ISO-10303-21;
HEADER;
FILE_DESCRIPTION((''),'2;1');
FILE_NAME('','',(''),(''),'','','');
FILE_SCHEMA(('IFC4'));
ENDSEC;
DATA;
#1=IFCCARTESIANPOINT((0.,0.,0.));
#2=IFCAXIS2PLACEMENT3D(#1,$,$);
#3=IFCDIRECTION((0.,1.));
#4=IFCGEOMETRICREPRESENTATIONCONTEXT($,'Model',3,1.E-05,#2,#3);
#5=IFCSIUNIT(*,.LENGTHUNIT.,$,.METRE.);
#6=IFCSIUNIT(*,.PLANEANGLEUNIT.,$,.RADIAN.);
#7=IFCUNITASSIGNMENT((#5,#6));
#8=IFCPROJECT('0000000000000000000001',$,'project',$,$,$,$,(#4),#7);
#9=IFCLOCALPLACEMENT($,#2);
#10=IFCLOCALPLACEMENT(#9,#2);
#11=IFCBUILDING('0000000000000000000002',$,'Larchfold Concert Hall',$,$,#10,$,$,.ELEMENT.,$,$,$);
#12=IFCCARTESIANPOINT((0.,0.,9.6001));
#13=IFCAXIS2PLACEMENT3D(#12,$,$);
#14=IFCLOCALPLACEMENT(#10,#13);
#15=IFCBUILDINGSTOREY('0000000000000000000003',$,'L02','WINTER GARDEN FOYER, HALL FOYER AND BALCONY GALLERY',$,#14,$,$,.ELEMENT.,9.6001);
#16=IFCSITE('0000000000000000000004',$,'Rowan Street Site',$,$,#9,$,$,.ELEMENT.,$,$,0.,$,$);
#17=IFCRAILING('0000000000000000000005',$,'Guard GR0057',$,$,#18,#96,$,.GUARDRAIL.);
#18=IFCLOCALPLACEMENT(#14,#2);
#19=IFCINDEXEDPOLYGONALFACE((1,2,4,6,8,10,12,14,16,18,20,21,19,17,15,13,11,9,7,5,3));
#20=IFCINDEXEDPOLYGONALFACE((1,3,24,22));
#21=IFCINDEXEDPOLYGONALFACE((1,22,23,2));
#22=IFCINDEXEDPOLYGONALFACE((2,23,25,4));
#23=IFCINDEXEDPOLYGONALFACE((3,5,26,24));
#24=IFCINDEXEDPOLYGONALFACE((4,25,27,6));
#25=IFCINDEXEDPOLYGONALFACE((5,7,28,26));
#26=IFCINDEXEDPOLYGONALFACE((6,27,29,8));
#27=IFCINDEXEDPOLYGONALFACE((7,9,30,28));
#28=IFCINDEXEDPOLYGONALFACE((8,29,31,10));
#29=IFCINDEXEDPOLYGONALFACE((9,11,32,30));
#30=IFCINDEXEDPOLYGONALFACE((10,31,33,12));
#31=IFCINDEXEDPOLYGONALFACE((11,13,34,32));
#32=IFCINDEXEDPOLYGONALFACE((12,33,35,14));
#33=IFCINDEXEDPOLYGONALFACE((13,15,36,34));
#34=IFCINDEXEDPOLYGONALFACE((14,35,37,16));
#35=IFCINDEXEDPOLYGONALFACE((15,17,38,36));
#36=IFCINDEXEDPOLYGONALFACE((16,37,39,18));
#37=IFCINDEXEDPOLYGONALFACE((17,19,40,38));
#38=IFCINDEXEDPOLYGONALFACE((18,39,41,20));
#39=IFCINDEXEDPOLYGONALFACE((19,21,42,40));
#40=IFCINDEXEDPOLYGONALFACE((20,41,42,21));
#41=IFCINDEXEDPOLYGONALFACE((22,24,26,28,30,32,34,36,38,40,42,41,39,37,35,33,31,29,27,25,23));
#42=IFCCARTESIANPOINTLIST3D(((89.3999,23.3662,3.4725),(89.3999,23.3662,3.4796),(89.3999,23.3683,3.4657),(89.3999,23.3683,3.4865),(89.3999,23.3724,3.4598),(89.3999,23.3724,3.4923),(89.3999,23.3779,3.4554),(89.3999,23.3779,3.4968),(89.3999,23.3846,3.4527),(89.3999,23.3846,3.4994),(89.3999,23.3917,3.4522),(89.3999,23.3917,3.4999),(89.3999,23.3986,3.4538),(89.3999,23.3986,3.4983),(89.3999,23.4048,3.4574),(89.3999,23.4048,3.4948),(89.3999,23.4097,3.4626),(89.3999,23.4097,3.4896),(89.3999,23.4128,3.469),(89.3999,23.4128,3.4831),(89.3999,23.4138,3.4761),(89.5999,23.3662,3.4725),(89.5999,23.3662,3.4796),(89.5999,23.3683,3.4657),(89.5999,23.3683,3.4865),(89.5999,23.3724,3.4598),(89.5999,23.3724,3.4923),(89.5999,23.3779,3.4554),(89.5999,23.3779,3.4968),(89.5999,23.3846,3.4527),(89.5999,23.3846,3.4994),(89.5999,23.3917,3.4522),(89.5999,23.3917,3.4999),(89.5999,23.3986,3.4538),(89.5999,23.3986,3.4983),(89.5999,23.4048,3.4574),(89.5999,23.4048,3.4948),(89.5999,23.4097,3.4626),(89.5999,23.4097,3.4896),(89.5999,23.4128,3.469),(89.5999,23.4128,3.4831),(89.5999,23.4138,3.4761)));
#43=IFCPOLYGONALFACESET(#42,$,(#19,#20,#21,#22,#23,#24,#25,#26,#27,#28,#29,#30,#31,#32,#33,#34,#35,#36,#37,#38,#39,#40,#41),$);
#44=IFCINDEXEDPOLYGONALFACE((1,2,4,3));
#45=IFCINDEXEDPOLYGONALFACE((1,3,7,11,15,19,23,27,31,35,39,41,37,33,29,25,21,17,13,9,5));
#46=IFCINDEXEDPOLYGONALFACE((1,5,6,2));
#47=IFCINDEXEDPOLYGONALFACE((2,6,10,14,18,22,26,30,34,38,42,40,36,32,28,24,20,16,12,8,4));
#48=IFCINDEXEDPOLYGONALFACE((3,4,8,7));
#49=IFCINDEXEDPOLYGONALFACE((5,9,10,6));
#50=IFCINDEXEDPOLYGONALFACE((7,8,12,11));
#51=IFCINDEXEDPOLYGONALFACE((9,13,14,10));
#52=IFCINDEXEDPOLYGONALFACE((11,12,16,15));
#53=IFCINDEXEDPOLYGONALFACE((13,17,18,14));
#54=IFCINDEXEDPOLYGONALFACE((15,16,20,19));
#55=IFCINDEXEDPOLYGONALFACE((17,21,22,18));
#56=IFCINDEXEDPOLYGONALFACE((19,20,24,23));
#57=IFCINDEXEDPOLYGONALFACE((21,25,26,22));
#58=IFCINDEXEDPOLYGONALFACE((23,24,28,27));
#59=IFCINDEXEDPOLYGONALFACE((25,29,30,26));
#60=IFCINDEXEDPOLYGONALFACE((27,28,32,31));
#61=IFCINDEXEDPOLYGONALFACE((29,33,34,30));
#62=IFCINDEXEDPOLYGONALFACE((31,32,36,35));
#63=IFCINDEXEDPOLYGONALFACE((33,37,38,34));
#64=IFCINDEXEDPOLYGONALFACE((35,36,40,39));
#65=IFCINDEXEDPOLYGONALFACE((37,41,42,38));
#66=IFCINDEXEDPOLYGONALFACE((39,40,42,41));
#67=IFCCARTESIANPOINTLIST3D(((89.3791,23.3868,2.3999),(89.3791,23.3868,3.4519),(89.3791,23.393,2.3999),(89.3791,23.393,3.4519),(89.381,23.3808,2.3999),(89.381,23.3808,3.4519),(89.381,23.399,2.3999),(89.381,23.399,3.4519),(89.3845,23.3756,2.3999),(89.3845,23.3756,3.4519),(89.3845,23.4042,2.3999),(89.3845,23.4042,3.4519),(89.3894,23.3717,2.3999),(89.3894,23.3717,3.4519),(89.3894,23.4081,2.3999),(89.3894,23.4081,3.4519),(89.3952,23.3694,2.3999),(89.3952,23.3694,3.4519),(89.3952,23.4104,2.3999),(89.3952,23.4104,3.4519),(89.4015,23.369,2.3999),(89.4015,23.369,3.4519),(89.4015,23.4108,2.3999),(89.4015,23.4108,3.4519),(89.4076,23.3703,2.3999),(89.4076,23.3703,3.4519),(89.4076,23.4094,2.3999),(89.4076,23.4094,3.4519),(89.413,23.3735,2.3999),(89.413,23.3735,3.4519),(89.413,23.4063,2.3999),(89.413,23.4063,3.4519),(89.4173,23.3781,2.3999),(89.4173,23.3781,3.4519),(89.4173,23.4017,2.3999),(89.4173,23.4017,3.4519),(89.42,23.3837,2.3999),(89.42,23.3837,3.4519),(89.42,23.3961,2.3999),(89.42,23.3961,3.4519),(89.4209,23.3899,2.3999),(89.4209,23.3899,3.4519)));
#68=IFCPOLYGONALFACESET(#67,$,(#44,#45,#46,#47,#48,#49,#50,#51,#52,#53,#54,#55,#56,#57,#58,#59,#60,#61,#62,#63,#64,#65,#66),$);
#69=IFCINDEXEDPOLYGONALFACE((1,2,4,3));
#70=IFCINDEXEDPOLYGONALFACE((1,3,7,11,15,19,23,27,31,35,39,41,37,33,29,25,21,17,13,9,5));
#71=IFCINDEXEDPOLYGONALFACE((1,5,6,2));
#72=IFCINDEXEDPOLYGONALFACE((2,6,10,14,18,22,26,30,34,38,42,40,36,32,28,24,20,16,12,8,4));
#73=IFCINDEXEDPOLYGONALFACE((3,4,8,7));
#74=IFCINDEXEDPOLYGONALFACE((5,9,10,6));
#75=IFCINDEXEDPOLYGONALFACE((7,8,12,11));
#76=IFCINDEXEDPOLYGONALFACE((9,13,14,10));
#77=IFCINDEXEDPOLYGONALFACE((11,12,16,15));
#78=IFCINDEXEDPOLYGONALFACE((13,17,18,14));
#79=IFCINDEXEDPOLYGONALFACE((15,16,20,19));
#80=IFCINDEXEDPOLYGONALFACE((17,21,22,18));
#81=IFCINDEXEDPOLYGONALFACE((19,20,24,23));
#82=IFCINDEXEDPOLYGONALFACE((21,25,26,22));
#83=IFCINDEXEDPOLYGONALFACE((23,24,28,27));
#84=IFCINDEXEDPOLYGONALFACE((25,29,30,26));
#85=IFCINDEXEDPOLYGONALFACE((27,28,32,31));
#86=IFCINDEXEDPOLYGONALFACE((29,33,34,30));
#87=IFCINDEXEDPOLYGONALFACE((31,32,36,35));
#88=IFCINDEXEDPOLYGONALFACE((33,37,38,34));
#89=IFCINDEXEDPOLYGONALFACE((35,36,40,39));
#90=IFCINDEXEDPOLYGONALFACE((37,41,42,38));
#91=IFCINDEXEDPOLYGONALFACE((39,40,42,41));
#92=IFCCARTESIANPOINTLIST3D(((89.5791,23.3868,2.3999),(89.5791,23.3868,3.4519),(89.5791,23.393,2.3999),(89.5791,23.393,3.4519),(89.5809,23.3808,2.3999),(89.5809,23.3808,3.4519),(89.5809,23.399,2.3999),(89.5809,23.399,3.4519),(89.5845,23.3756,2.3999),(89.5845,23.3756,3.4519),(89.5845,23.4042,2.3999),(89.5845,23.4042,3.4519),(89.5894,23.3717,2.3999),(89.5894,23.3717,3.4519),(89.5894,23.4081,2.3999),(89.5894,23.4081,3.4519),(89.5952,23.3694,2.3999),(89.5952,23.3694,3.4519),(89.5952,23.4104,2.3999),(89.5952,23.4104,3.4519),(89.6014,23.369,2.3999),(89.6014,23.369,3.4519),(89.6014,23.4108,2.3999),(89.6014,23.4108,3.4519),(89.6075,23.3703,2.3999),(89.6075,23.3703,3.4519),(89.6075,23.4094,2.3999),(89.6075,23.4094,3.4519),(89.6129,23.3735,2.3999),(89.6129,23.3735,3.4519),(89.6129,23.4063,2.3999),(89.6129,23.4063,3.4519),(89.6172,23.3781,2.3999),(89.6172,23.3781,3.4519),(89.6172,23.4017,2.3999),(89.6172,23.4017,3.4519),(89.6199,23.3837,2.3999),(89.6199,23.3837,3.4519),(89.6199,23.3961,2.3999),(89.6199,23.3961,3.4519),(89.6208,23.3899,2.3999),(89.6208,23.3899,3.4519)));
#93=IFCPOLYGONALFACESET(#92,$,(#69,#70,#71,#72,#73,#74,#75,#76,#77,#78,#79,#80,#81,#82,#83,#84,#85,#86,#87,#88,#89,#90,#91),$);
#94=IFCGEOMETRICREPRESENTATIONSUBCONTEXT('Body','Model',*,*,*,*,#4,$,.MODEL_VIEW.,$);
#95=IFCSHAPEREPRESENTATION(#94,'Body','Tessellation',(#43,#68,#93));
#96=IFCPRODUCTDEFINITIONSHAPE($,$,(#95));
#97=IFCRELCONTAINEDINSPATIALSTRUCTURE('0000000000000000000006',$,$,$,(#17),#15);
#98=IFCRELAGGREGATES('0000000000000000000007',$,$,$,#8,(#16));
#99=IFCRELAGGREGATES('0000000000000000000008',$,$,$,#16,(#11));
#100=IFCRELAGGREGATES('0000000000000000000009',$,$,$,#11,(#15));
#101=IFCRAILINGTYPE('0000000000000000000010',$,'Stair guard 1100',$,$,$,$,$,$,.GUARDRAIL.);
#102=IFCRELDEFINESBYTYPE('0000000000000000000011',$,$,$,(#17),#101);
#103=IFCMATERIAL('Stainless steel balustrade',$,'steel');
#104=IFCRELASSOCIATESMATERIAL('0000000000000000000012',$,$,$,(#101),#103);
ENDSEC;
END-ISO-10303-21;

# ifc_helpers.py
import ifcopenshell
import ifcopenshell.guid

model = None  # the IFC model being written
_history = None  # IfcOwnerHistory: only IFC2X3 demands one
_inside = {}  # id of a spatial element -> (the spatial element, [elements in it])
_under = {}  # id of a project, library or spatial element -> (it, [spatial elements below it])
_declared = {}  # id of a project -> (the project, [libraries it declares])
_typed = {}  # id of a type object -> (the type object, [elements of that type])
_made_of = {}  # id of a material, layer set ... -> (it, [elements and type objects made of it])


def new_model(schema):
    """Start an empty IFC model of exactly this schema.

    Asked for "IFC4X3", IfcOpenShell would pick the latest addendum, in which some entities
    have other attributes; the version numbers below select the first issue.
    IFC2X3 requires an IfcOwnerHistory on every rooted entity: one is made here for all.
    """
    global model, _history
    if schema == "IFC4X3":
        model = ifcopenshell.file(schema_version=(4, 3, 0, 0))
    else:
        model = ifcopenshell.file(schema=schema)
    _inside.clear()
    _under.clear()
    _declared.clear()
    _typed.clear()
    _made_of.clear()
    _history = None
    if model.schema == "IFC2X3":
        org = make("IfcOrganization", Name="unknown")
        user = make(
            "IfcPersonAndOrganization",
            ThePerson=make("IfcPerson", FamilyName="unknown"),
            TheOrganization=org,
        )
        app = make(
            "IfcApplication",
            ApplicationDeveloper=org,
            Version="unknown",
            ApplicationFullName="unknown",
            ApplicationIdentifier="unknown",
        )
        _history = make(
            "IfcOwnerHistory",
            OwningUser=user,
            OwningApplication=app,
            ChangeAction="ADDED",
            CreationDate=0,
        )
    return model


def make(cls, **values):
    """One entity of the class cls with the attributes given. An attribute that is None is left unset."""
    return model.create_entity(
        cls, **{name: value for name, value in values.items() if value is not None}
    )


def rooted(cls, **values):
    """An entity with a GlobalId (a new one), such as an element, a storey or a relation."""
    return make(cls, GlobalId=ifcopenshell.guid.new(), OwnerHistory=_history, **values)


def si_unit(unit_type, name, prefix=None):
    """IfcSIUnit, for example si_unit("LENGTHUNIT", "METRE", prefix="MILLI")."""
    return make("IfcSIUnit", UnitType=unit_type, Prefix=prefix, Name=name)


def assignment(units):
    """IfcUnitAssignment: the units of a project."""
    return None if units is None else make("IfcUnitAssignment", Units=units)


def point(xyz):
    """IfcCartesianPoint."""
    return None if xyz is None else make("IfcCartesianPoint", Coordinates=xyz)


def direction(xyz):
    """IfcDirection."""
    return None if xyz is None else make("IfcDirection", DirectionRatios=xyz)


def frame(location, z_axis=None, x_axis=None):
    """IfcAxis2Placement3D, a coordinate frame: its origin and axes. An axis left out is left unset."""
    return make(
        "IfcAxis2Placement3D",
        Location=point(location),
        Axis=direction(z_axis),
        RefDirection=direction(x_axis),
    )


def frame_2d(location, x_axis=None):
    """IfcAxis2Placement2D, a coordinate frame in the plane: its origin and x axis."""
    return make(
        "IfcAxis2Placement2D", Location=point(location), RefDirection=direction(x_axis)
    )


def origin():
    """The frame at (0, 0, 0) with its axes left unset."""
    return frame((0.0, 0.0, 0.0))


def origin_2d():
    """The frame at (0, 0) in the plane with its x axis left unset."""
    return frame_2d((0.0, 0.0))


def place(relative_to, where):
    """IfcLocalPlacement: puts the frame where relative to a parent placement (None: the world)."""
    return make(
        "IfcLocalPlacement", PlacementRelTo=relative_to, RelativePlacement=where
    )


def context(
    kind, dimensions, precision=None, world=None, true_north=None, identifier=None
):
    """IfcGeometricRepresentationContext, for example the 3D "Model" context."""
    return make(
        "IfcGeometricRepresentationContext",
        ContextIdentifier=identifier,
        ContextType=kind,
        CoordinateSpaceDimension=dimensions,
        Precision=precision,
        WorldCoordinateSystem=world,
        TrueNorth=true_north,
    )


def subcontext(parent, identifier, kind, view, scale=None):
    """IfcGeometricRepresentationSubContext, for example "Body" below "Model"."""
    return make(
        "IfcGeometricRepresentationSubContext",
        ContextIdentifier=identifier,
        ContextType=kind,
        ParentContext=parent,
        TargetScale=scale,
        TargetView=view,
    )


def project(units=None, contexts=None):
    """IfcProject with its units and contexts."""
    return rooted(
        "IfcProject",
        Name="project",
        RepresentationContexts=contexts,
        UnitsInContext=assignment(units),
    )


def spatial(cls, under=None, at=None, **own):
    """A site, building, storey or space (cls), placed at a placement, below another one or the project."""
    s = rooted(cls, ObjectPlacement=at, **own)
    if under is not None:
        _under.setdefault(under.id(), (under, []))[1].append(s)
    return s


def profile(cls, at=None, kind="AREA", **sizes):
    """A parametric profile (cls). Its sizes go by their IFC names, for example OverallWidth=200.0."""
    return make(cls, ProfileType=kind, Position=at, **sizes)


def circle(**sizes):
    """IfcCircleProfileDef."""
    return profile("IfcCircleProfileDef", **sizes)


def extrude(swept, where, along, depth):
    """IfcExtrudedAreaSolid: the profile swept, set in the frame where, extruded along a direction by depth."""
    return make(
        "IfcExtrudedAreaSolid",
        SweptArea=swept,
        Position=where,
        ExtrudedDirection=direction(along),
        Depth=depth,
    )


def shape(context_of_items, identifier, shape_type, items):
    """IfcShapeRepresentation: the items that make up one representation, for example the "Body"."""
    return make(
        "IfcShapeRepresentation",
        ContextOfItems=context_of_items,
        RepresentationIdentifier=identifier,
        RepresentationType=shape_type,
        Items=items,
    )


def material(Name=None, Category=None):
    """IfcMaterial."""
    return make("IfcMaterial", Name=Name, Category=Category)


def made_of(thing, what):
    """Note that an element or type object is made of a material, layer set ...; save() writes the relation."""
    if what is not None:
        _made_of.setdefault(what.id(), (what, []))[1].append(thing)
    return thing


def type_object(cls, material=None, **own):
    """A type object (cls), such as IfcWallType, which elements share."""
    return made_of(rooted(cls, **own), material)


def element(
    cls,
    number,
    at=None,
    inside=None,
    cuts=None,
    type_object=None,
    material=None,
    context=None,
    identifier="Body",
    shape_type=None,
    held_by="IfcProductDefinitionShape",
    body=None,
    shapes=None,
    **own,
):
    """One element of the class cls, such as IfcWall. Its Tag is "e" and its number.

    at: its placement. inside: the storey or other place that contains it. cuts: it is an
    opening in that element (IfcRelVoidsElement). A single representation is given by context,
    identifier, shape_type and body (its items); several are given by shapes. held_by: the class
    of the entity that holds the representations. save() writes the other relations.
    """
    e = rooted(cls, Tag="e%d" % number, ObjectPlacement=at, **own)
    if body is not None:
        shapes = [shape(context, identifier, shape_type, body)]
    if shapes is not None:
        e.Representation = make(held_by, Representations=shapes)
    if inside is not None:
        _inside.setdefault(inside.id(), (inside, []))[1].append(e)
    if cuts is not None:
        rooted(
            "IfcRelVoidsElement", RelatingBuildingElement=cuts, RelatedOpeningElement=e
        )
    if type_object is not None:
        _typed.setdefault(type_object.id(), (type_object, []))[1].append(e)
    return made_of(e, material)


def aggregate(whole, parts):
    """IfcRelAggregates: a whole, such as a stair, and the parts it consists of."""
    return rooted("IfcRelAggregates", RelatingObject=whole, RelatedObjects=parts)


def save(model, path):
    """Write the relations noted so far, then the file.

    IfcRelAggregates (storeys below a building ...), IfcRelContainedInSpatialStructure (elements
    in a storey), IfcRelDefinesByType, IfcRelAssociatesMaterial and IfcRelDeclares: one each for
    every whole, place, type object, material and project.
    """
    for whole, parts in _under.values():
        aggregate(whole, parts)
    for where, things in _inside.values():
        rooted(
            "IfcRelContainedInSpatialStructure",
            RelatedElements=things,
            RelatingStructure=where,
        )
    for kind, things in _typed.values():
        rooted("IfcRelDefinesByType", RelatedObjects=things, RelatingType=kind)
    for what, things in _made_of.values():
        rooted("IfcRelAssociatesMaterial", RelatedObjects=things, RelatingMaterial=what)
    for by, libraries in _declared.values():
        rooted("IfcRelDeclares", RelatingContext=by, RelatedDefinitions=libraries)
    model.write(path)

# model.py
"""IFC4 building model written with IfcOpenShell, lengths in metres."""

from ifc_helpers import new_model, si_unit, direction, frame, origin, origin_2d, place, context, subcontext, project, spatial, circle, extrude, material, type_object, element, save


model = new_model("IFC4")

# Units and contexts
model_context = context("Model", 3, precision=1e-05, world=origin(), true_north=direction((0.0, 1.0)))
body_context = subcontext(model_context, "Body", "Model", "MODEL_VIEW")
ifc_project = project(units=[si_unit("LENGTHUNIT", "METRE"), si_unit("PLANEANGLEUNIT", "RADIAN")], contexts=[model_context])

# Site, building, storey
site_placement = place(None, origin())
site = spatial("IfcSite", under=ifc_project, at=site_placement, Name="Rowan Street Site", CompositionType="ELEMENT", RefElevation=0.0)
building_placement = place(site_placement, origin())
building = spatial("IfcBuilding", under=site, at=building_placement, Name="Larchfold Concert Hall", CompositionType="ELEMENT")
storey_placement = place(building_placement, frame((0.0, 0.0, 9.6001)))
storey = spatial("IfcBuildingStorey", under=building, at=storey_placement, Name="L02", Description="WINTER GARDEN FOYER, HALL FOYER AND BALCONY GALLERY", CompositionType="ELEMENT", Elevation=9.6001)

# Railing
ifc_material_1 = material(Name="Stainless steel balustrade", Category="steel")
railing_type_1 = type_object("IfcRailingType", Name="Stair guard 1100", PredefinedType="GUARDRAIL", material=ifc_material_1)
railing_1_placement = place(storey_placement, frame((89.3999, 23.3899, 2.3999)))
element("IfcRailing", 1, at=railing_1_placement, inside=storey, type_object=railing_type_1, Name="Guard GR0057", PredefinedType="GUARDRAIL", context=body_context, shape_type="SweptSolid", body=[
    extrude(circle(Radius=0.0239, at=origin_2d()), frame((0.0, 0.0, 1.0762), z_axis=(1.0, 0.0, 0.0), x_axis=(0.0, 1.0, 0.0)), (0.0, 0.0, 1.0), 0.2),
    extrude(circle(Radius=0.021, at=origin_2d()), origin(), (0.0, 0.0, 1.0), 1.052),
    extrude(circle(Radius=0.021, at=origin_2d()), frame((0.2, 0.0, 0.0)), (0.0, 0.0, 1.0), 1.052),
])

save(model, "model.ifc")
